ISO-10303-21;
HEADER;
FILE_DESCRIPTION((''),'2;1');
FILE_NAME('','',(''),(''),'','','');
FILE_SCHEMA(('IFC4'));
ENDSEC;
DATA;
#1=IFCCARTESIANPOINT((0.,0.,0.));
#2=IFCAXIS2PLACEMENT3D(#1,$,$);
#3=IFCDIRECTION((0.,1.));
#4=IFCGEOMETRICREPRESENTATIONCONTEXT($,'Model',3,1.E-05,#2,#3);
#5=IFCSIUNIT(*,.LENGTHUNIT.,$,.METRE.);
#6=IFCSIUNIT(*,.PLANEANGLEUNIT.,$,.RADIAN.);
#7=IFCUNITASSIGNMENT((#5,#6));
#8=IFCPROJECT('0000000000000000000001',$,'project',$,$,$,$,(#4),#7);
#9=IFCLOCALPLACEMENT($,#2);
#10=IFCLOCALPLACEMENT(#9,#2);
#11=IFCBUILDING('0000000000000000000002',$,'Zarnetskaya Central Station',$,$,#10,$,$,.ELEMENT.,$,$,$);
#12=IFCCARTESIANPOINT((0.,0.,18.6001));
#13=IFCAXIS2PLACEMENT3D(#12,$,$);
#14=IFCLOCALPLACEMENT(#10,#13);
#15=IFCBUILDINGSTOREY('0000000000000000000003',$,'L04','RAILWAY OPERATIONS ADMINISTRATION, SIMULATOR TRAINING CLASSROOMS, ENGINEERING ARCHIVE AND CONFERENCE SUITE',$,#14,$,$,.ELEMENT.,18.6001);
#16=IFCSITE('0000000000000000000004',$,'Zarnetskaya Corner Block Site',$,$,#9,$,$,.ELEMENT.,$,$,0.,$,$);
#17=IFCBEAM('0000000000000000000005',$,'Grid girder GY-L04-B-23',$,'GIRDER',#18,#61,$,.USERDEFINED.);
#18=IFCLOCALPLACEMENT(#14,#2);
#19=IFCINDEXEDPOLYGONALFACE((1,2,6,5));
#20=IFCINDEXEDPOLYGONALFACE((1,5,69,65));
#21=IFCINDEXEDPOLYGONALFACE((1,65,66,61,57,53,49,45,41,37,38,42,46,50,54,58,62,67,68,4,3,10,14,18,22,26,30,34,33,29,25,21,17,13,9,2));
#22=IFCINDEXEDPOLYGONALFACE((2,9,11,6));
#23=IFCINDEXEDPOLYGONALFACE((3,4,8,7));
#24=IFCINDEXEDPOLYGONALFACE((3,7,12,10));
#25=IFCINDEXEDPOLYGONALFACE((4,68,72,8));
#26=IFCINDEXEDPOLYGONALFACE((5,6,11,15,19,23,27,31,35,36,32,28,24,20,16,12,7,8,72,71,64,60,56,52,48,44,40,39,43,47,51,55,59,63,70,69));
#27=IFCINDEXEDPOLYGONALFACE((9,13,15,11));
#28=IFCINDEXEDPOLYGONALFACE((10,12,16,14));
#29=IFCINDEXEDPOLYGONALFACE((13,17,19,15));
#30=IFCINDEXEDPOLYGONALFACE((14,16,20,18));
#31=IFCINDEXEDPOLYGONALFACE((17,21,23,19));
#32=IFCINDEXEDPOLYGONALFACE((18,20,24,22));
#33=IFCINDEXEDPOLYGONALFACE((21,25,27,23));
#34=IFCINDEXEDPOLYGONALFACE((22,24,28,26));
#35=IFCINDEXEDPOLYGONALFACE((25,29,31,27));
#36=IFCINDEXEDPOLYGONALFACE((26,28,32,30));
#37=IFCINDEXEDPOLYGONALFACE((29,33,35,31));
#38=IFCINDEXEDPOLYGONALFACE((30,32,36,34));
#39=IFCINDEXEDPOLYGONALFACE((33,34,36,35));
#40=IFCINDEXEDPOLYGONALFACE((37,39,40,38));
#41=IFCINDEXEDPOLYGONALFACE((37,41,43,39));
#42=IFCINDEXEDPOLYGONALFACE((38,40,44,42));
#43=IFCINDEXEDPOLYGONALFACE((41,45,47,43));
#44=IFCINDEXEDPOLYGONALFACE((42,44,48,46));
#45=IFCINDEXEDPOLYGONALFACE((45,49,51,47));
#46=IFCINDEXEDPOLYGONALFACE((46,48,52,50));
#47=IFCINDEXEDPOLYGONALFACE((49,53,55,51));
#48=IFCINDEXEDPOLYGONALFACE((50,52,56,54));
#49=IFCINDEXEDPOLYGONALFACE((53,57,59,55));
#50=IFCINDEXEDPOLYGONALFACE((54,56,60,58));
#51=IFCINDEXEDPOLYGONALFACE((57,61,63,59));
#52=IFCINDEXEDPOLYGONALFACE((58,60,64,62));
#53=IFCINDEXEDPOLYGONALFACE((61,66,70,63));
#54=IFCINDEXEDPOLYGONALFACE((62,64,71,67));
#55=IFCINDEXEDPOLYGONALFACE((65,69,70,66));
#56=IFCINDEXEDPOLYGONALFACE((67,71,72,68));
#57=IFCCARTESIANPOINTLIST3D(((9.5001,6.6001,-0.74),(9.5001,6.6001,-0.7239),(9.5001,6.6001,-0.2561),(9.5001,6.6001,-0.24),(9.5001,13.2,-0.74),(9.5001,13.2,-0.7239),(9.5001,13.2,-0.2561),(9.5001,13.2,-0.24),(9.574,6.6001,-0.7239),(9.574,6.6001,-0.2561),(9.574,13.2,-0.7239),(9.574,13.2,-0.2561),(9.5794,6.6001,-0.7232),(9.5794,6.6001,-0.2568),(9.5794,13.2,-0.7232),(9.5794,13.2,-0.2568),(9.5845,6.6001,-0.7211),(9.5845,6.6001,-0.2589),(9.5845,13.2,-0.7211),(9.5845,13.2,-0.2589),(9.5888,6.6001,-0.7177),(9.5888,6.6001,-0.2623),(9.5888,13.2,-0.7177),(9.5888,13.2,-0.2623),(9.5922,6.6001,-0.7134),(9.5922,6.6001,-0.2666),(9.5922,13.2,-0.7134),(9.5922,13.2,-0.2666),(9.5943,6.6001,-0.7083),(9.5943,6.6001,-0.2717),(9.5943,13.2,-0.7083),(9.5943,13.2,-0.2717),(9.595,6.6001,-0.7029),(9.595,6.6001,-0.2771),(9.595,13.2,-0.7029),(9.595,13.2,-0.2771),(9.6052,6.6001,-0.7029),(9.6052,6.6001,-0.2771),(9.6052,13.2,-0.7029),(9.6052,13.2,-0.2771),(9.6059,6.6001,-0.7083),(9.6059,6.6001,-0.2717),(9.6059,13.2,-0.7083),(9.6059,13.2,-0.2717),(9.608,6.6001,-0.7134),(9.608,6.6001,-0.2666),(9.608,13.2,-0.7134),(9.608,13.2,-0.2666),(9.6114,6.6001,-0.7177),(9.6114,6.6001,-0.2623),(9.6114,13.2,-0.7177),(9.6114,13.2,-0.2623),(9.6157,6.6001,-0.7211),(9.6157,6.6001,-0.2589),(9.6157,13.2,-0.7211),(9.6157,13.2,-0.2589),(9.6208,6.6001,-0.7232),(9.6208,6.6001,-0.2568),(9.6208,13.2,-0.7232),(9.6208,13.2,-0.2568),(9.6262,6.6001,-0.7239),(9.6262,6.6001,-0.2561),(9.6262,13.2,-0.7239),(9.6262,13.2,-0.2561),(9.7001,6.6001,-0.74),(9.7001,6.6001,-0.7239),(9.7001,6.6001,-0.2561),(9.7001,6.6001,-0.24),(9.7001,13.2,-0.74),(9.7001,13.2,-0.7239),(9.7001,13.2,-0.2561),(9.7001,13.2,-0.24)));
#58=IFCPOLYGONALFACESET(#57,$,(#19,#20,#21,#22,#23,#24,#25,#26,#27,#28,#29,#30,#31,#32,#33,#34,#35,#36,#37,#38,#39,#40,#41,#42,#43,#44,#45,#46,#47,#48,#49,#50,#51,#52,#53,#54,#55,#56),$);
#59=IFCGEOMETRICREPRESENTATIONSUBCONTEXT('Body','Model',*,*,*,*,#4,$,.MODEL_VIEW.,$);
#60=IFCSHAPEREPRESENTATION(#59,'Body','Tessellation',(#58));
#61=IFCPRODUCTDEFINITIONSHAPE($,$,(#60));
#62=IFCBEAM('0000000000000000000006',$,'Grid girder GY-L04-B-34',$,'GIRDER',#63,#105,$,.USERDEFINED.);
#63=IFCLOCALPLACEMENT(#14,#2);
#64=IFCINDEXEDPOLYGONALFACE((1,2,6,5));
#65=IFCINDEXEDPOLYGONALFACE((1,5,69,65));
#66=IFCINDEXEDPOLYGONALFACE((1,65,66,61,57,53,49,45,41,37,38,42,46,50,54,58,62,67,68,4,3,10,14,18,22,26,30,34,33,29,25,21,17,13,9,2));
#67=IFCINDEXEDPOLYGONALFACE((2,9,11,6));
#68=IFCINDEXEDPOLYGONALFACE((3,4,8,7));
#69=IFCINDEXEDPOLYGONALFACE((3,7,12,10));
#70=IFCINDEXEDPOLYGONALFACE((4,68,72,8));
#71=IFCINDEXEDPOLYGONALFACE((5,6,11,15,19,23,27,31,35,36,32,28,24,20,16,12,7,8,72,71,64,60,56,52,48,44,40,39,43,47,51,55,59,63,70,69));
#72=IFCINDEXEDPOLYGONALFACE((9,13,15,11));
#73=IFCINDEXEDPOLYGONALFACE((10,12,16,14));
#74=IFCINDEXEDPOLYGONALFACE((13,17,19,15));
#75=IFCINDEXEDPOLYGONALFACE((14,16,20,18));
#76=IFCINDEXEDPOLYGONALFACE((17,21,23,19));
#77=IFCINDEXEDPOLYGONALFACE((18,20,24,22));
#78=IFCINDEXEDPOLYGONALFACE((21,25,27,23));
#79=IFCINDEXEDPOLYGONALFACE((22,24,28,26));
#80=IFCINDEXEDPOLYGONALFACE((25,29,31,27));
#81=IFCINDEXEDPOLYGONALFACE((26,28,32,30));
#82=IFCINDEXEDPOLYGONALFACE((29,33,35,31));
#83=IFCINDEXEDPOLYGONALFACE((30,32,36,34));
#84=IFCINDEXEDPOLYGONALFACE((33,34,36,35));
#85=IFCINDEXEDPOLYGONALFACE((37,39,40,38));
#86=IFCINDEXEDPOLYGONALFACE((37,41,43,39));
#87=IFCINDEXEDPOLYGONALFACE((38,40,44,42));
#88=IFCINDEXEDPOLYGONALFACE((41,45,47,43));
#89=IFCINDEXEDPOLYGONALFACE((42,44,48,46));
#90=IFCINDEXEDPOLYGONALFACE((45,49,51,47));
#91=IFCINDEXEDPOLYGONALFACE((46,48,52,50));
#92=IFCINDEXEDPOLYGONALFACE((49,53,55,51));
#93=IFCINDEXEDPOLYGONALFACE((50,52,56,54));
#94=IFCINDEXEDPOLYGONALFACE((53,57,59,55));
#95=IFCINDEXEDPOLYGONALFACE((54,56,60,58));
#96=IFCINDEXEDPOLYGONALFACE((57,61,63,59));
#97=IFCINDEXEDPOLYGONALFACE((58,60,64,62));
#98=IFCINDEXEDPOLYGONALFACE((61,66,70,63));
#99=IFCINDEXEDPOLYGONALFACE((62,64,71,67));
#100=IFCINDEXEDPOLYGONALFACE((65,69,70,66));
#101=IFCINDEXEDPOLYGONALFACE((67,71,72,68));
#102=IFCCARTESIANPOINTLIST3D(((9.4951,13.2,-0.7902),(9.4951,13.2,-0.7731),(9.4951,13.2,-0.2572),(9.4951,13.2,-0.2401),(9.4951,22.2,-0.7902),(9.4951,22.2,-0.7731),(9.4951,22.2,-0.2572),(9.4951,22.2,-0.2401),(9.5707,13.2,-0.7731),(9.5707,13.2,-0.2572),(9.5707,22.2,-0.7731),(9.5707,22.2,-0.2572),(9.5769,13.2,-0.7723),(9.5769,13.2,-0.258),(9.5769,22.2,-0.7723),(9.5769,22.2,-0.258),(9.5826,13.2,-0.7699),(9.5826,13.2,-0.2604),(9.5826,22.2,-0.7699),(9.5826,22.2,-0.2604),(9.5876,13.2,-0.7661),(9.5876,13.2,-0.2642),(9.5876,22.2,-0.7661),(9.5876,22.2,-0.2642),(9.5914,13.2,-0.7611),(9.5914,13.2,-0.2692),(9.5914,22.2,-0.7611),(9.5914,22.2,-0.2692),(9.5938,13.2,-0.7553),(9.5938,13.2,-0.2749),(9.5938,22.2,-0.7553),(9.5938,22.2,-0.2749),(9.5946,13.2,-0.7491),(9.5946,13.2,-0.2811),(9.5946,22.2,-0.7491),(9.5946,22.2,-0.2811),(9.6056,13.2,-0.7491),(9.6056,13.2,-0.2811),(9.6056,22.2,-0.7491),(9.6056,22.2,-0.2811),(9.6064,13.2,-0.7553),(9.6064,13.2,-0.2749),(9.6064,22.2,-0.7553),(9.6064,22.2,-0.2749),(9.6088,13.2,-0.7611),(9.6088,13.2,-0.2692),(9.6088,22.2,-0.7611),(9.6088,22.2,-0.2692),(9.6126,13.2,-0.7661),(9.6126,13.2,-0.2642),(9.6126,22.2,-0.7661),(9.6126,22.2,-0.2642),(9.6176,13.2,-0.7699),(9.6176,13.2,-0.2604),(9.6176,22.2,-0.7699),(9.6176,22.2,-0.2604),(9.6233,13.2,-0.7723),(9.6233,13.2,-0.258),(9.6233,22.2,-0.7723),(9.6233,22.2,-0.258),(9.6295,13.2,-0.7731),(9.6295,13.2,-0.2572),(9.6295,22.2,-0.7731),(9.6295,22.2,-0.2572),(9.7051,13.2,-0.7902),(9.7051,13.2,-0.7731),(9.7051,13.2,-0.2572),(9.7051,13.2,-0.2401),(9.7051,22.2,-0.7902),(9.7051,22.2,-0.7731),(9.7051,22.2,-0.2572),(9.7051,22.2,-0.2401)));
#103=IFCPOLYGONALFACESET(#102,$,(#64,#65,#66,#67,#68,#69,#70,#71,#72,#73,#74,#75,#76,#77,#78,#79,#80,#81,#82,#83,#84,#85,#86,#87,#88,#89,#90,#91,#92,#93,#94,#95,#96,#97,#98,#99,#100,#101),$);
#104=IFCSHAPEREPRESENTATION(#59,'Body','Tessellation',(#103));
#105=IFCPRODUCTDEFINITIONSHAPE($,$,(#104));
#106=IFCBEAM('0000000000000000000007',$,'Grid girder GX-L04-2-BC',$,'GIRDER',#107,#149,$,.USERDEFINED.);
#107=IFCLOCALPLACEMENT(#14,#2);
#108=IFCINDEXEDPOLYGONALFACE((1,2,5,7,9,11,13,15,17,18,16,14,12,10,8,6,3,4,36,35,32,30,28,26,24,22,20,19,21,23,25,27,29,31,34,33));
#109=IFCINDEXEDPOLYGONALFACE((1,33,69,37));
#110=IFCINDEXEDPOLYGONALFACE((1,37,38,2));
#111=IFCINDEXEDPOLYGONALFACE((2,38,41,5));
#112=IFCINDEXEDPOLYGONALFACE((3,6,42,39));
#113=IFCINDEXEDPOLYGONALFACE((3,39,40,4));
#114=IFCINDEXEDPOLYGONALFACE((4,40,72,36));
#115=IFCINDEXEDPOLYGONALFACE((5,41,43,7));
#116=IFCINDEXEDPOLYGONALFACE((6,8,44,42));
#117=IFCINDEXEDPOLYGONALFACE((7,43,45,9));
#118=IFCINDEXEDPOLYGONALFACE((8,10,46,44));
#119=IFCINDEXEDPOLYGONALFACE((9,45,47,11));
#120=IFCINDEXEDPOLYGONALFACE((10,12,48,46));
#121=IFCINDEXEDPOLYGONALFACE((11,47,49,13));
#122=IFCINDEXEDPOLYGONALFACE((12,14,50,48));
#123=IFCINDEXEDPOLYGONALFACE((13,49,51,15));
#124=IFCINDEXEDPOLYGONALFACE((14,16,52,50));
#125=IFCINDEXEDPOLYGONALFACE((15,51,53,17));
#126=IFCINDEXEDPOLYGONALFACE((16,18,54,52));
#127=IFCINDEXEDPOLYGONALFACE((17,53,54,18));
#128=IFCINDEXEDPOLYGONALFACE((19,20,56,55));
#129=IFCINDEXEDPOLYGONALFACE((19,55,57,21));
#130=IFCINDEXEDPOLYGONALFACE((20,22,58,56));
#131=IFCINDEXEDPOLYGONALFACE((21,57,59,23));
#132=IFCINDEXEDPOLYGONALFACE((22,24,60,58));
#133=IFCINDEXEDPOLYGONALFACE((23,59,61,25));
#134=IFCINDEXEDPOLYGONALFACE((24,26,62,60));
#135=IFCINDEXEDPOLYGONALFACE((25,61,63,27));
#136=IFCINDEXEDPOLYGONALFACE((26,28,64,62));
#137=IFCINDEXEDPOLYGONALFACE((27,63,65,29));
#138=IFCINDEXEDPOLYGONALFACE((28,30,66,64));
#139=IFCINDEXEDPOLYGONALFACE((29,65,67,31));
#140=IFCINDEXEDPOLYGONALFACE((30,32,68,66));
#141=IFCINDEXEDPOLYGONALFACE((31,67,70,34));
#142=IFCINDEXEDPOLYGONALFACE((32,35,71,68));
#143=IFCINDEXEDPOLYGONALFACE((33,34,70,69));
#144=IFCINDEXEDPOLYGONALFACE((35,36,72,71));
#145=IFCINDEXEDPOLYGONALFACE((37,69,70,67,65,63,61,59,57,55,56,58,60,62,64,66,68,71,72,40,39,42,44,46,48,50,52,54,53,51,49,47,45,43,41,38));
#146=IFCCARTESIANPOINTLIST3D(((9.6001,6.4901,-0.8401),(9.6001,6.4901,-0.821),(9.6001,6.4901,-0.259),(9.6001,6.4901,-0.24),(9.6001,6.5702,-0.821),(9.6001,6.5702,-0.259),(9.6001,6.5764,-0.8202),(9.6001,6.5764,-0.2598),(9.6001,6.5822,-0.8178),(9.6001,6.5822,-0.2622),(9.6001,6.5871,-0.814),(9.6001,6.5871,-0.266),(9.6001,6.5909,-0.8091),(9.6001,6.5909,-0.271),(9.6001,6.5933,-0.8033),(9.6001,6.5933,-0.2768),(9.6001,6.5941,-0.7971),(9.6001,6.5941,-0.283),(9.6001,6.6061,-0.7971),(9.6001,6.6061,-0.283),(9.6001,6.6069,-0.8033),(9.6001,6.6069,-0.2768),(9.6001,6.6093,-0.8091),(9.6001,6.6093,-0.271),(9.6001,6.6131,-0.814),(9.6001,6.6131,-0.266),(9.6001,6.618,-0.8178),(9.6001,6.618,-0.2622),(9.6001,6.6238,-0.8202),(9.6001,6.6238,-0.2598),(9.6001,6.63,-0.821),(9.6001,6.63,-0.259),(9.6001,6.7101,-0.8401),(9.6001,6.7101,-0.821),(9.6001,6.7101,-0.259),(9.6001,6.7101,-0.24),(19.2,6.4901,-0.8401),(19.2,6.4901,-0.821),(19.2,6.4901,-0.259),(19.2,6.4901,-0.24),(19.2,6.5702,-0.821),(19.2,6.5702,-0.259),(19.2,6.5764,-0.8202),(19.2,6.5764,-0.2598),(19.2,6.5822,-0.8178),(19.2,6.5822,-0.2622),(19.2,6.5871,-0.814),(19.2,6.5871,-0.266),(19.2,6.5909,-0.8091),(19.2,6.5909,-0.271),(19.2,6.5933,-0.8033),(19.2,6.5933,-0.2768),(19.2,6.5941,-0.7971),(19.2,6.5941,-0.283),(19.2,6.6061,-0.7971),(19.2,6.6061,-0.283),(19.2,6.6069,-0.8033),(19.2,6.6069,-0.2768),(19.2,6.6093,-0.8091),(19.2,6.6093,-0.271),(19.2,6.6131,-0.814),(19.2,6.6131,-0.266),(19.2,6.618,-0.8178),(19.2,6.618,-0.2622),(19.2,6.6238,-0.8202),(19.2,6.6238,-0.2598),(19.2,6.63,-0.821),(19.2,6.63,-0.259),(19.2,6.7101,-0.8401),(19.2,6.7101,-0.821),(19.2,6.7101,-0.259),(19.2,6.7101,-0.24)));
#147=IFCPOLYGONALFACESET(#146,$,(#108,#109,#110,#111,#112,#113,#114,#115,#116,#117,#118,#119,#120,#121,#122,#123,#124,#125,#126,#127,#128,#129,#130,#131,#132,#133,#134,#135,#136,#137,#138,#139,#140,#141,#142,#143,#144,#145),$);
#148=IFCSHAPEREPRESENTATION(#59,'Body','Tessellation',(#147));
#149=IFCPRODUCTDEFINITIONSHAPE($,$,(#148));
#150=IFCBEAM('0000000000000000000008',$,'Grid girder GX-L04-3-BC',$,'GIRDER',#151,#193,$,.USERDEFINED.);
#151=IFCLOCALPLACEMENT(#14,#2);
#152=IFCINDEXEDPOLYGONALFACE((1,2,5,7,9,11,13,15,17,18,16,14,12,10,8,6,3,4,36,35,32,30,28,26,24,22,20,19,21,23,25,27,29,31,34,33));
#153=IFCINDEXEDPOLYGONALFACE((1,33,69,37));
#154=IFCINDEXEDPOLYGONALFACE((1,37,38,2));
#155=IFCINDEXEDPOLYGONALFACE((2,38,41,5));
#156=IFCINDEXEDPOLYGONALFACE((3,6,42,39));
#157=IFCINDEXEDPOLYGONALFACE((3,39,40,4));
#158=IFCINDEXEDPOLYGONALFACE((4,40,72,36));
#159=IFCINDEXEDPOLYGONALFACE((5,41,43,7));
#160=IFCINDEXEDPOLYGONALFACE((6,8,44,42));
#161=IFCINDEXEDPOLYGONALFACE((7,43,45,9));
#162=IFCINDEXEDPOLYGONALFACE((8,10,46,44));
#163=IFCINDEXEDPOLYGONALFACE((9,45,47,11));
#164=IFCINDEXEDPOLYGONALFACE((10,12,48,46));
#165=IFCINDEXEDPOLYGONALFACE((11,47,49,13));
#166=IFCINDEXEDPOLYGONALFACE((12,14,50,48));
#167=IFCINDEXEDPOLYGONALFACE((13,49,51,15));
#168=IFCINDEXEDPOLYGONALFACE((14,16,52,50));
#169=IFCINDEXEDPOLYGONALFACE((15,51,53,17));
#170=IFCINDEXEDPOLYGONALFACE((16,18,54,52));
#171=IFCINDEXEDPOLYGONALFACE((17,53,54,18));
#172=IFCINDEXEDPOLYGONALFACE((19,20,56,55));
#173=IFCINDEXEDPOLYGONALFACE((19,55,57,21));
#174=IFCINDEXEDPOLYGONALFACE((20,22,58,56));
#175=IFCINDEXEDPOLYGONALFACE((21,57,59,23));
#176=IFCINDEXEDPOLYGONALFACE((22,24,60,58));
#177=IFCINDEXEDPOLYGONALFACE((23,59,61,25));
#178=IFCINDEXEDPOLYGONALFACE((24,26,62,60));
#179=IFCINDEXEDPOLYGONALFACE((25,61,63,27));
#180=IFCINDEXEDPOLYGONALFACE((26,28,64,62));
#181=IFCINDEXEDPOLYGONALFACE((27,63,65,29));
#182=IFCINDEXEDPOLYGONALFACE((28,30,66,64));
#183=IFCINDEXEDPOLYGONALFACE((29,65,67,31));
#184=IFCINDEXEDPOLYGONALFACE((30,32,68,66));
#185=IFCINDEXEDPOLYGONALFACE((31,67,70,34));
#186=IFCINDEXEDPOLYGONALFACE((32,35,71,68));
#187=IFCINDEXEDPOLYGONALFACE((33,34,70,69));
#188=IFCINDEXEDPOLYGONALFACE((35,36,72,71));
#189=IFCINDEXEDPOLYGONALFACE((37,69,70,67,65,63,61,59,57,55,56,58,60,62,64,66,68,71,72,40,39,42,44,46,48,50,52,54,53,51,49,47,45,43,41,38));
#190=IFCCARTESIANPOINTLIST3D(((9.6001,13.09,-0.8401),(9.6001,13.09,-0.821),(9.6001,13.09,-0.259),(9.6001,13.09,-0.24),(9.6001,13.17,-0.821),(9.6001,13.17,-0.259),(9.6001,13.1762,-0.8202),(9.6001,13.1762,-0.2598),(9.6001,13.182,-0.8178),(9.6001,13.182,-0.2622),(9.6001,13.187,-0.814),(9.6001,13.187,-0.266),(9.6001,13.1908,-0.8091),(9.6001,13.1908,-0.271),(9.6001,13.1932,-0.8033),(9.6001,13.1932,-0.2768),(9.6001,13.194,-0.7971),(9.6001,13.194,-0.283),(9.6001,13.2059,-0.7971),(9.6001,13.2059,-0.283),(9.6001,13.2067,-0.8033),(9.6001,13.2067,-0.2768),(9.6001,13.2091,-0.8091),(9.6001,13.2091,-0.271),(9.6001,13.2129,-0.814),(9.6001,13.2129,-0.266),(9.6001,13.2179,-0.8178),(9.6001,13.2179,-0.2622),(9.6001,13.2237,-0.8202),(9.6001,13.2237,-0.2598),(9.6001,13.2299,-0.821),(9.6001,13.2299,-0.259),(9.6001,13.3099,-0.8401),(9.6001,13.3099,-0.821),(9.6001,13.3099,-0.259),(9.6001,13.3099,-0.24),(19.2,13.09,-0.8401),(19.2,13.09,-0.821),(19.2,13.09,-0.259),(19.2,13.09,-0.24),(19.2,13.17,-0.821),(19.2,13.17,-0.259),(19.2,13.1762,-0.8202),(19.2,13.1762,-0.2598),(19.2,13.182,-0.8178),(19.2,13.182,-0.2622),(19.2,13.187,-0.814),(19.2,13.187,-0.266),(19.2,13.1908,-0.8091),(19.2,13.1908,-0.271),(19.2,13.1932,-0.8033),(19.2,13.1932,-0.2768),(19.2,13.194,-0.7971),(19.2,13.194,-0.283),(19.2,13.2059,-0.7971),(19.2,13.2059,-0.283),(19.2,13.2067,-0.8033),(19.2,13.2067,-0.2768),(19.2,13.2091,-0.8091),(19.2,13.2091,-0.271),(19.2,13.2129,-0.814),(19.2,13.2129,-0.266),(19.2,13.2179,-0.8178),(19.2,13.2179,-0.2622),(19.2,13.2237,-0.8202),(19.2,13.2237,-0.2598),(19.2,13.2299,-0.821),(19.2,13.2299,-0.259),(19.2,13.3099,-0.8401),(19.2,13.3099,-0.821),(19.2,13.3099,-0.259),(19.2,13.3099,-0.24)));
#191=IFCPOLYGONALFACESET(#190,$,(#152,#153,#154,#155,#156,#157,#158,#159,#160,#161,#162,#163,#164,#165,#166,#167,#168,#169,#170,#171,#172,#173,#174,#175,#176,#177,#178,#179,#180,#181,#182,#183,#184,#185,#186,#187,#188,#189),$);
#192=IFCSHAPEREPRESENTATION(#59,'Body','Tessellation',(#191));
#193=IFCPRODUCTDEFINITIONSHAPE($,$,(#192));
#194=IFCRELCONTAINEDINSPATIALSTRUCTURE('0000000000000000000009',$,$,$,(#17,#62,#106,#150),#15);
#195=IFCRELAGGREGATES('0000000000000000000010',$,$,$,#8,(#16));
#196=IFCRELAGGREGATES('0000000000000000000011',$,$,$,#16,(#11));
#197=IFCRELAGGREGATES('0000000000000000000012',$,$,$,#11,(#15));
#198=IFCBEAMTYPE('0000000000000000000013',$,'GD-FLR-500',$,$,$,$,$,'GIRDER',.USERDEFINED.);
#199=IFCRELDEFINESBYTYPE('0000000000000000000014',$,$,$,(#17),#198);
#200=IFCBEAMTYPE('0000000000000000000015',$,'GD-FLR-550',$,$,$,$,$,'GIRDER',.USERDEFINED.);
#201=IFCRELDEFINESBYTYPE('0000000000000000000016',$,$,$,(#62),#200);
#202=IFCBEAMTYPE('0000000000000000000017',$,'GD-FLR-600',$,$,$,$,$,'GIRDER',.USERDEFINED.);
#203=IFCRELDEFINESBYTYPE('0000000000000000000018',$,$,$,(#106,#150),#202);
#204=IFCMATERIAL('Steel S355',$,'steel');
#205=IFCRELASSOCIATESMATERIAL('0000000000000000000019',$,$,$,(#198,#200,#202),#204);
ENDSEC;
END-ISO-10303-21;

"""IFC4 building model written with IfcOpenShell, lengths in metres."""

from ifc_helpers import new_model, si_unit, direction, frame, origin, origin_2d, place, context, subcontext, project, spatial, i_section, extrude, material, material_profile, profile_set, type_object, element, save


model = new_model("IFC4")

# Units and contexts
model_context = context("Model", 3, precision=1e-05, world=origin(), true_north=direction((0.0, 1.0)))
body_context = subcontext(model_context, "Body", "Model", "MODEL_VIEW")
ifc_project = project(units=[si_unit("LENGTHUNIT", "METRE"), si_unit("PLANEANGLEUNIT", "RADIAN")], contexts=[model_context])

# Site, building, storey
site_placement = place(None, origin())
site = spatial("IfcSite", under=ifc_project, at=site_placement, Name="Zarnetskaya Corner Block Site", CompositionType="ELEMENT", RefElevation=0.0)
building_placement = place(site_placement, origin())
building = spatial("IfcBuilding", under=site, at=building_placement, Name="Zarnetskaya Central Station", CompositionType="ELEMENT")
storey_placement = place(building_placement, frame((0.0, 0.0, 18.6001)))
storey = spatial("IfcBuildingStorey", under=building, at=storey_placement, Name="L04", Description="RAILWAY OPERATIONS ADMINISTRATION, SIMULATOR TRAINING CLASSROOMS, ENGINEERING ARCHIVE AND CONFERENCE SUITE", CompositionType="ELEMENT", Elevation=18.6001)

# Shared definitions
ifc_material_1 = material(Name="Steel S355", Category="steel")

# Beams
ifc_material_profile_1 = material_profile(ifc_material_1, i_section(OverallWidth=0.2, OverallDepth=0.5, WebThickness=0.0103, FlangeThickness=0.0161, FilletRadius=0.021, at=origin_2d()), Name="IPE 500")
ifc_profile_set_1 = profile_set([ifc_material_profile_1], Name="Steel S355")
beam_type_1 = type_object("IfcBeamType", Name="GD-FLR-500", ElementType="GIRDER", PredefinedType="USERDEFINED", material=ifc_profile_set_1)
beam_1_placement = place(storey_placement, frame((9.6001, 6.6001, -0.49), z_axis=(0.0, 1.0, 0.0), x_axis=(-1.0, 0.0, 0.0)))
element("IfcBeam", 1, at=beam_1_placement, inside=storey, type_object=beam_type_1, Name="Grid girder GY-L04-B-23", ObjectType="GIRDER", PredefinedType="USERDEFINED", context=body_context, shape_type="SweptSolid", body=[
    extrude(i_section(OverallWidth=0.2, OverallDepth=0.5, WebThickness=0.0103, FlangeThickness=0.0161, FilletRadius=0.021, at=origin_2d()), origin(), (0.0, 0.0, 1.0), 6.5999),
])
ifc_material_profile_2 = material_profile(ifc_material_1, i_section(OverallWidth=0.21, OverallDepth=0.55, WebThickness=0.011, FlangeThickness=0.0171, FilletRadius=0.0239, at=origin_2d()), Name="IPE 550")
ifc_profile_set_2 = profile_set([ifc_material_profile_2], Name="Steel S355")
beam_type_2 = type_object("IfcBeamType", Name="GD-FLR-550", ElementType="GIRDER", PredefinedType="USERDEFINED", material=ifc_profile_set_2)
beam_2_placement = place(storey_placement, frame((9.6001, 13.2, -0.5151), z_axis=(0.0, 1.0, 0.0), x_axis=(-1.0, 0.0, 0.0)))
element("IfcBeam", 2, at=beam_2_placement, inside=storey, type_object=beam_type_2, Name="Grid girder GY-L04-B-34", ObjectType="GIRDER", PredefinedType="USERDEFINED", context=body_context, shape_type="SweptSolid", body=[
    extrude(i_section(OverallWidth=0.21, OverallDepth=0.55, WebThickness=0.011, FlangeThickness=0.0171, FilletRadius=0.0239, at=origin_2d()), origin(), (0.0, 0.0, 1.0), 9.0),
])
ifc_material_profile_3 = material_profile(ifc_material_1, i_section(OverallWidth=0.22, OverallDepth=0.6001, WebThickness=0.012, FlangeThickness=0.019, FilletRadius=0.0239, at=origin_2d()), Name="IPE 600")
ifc_profile_set_3 = profile_set([ifc_material_profile_3], Name="Steel S355")
beam_type_3 = type_object("IfcBeamType", Name="GD-FLR-600", ElementType="GIRDER", PredefinedType="USERDEFINED", material=ifc_profile_set_3)
for number, where, z_axis, x_axis, name in (
    (3, (9.6001, 6.6001, -0.54), (1.0, 0.0, 0.0), (0.0, 1.0, 0.0), "Grid girder GX-L04-2-BC"),
    (4, (9.6001, 13.2, -0.54), (1.0, 0.0, 0.0), (0.0, 1.0, 0.0), "Grid girder GX-L04-3-BC"),
):
    element("IfcBeam", number, at=place(storey_placement, frame(where, z_axis=z_axis, x_axis=x_axis)), inside=storey, type_object=beam_type_3, Name=name, ObjectType="GIRDER", PredefinedType="USERDEFINED", context=body_context, shape_type="SweptSolid", body=[
        extrude(i_section(OverallWidth=0.22, OverallDepth=0.6001, WebThickness=0.012, FlangeThickness=0.019, FilletRadius=0.0239, at=origin_2d()), origin(), (0.0, 0.0, 1.0), 9.5999),
    ])

save(model, "model.ifc")
